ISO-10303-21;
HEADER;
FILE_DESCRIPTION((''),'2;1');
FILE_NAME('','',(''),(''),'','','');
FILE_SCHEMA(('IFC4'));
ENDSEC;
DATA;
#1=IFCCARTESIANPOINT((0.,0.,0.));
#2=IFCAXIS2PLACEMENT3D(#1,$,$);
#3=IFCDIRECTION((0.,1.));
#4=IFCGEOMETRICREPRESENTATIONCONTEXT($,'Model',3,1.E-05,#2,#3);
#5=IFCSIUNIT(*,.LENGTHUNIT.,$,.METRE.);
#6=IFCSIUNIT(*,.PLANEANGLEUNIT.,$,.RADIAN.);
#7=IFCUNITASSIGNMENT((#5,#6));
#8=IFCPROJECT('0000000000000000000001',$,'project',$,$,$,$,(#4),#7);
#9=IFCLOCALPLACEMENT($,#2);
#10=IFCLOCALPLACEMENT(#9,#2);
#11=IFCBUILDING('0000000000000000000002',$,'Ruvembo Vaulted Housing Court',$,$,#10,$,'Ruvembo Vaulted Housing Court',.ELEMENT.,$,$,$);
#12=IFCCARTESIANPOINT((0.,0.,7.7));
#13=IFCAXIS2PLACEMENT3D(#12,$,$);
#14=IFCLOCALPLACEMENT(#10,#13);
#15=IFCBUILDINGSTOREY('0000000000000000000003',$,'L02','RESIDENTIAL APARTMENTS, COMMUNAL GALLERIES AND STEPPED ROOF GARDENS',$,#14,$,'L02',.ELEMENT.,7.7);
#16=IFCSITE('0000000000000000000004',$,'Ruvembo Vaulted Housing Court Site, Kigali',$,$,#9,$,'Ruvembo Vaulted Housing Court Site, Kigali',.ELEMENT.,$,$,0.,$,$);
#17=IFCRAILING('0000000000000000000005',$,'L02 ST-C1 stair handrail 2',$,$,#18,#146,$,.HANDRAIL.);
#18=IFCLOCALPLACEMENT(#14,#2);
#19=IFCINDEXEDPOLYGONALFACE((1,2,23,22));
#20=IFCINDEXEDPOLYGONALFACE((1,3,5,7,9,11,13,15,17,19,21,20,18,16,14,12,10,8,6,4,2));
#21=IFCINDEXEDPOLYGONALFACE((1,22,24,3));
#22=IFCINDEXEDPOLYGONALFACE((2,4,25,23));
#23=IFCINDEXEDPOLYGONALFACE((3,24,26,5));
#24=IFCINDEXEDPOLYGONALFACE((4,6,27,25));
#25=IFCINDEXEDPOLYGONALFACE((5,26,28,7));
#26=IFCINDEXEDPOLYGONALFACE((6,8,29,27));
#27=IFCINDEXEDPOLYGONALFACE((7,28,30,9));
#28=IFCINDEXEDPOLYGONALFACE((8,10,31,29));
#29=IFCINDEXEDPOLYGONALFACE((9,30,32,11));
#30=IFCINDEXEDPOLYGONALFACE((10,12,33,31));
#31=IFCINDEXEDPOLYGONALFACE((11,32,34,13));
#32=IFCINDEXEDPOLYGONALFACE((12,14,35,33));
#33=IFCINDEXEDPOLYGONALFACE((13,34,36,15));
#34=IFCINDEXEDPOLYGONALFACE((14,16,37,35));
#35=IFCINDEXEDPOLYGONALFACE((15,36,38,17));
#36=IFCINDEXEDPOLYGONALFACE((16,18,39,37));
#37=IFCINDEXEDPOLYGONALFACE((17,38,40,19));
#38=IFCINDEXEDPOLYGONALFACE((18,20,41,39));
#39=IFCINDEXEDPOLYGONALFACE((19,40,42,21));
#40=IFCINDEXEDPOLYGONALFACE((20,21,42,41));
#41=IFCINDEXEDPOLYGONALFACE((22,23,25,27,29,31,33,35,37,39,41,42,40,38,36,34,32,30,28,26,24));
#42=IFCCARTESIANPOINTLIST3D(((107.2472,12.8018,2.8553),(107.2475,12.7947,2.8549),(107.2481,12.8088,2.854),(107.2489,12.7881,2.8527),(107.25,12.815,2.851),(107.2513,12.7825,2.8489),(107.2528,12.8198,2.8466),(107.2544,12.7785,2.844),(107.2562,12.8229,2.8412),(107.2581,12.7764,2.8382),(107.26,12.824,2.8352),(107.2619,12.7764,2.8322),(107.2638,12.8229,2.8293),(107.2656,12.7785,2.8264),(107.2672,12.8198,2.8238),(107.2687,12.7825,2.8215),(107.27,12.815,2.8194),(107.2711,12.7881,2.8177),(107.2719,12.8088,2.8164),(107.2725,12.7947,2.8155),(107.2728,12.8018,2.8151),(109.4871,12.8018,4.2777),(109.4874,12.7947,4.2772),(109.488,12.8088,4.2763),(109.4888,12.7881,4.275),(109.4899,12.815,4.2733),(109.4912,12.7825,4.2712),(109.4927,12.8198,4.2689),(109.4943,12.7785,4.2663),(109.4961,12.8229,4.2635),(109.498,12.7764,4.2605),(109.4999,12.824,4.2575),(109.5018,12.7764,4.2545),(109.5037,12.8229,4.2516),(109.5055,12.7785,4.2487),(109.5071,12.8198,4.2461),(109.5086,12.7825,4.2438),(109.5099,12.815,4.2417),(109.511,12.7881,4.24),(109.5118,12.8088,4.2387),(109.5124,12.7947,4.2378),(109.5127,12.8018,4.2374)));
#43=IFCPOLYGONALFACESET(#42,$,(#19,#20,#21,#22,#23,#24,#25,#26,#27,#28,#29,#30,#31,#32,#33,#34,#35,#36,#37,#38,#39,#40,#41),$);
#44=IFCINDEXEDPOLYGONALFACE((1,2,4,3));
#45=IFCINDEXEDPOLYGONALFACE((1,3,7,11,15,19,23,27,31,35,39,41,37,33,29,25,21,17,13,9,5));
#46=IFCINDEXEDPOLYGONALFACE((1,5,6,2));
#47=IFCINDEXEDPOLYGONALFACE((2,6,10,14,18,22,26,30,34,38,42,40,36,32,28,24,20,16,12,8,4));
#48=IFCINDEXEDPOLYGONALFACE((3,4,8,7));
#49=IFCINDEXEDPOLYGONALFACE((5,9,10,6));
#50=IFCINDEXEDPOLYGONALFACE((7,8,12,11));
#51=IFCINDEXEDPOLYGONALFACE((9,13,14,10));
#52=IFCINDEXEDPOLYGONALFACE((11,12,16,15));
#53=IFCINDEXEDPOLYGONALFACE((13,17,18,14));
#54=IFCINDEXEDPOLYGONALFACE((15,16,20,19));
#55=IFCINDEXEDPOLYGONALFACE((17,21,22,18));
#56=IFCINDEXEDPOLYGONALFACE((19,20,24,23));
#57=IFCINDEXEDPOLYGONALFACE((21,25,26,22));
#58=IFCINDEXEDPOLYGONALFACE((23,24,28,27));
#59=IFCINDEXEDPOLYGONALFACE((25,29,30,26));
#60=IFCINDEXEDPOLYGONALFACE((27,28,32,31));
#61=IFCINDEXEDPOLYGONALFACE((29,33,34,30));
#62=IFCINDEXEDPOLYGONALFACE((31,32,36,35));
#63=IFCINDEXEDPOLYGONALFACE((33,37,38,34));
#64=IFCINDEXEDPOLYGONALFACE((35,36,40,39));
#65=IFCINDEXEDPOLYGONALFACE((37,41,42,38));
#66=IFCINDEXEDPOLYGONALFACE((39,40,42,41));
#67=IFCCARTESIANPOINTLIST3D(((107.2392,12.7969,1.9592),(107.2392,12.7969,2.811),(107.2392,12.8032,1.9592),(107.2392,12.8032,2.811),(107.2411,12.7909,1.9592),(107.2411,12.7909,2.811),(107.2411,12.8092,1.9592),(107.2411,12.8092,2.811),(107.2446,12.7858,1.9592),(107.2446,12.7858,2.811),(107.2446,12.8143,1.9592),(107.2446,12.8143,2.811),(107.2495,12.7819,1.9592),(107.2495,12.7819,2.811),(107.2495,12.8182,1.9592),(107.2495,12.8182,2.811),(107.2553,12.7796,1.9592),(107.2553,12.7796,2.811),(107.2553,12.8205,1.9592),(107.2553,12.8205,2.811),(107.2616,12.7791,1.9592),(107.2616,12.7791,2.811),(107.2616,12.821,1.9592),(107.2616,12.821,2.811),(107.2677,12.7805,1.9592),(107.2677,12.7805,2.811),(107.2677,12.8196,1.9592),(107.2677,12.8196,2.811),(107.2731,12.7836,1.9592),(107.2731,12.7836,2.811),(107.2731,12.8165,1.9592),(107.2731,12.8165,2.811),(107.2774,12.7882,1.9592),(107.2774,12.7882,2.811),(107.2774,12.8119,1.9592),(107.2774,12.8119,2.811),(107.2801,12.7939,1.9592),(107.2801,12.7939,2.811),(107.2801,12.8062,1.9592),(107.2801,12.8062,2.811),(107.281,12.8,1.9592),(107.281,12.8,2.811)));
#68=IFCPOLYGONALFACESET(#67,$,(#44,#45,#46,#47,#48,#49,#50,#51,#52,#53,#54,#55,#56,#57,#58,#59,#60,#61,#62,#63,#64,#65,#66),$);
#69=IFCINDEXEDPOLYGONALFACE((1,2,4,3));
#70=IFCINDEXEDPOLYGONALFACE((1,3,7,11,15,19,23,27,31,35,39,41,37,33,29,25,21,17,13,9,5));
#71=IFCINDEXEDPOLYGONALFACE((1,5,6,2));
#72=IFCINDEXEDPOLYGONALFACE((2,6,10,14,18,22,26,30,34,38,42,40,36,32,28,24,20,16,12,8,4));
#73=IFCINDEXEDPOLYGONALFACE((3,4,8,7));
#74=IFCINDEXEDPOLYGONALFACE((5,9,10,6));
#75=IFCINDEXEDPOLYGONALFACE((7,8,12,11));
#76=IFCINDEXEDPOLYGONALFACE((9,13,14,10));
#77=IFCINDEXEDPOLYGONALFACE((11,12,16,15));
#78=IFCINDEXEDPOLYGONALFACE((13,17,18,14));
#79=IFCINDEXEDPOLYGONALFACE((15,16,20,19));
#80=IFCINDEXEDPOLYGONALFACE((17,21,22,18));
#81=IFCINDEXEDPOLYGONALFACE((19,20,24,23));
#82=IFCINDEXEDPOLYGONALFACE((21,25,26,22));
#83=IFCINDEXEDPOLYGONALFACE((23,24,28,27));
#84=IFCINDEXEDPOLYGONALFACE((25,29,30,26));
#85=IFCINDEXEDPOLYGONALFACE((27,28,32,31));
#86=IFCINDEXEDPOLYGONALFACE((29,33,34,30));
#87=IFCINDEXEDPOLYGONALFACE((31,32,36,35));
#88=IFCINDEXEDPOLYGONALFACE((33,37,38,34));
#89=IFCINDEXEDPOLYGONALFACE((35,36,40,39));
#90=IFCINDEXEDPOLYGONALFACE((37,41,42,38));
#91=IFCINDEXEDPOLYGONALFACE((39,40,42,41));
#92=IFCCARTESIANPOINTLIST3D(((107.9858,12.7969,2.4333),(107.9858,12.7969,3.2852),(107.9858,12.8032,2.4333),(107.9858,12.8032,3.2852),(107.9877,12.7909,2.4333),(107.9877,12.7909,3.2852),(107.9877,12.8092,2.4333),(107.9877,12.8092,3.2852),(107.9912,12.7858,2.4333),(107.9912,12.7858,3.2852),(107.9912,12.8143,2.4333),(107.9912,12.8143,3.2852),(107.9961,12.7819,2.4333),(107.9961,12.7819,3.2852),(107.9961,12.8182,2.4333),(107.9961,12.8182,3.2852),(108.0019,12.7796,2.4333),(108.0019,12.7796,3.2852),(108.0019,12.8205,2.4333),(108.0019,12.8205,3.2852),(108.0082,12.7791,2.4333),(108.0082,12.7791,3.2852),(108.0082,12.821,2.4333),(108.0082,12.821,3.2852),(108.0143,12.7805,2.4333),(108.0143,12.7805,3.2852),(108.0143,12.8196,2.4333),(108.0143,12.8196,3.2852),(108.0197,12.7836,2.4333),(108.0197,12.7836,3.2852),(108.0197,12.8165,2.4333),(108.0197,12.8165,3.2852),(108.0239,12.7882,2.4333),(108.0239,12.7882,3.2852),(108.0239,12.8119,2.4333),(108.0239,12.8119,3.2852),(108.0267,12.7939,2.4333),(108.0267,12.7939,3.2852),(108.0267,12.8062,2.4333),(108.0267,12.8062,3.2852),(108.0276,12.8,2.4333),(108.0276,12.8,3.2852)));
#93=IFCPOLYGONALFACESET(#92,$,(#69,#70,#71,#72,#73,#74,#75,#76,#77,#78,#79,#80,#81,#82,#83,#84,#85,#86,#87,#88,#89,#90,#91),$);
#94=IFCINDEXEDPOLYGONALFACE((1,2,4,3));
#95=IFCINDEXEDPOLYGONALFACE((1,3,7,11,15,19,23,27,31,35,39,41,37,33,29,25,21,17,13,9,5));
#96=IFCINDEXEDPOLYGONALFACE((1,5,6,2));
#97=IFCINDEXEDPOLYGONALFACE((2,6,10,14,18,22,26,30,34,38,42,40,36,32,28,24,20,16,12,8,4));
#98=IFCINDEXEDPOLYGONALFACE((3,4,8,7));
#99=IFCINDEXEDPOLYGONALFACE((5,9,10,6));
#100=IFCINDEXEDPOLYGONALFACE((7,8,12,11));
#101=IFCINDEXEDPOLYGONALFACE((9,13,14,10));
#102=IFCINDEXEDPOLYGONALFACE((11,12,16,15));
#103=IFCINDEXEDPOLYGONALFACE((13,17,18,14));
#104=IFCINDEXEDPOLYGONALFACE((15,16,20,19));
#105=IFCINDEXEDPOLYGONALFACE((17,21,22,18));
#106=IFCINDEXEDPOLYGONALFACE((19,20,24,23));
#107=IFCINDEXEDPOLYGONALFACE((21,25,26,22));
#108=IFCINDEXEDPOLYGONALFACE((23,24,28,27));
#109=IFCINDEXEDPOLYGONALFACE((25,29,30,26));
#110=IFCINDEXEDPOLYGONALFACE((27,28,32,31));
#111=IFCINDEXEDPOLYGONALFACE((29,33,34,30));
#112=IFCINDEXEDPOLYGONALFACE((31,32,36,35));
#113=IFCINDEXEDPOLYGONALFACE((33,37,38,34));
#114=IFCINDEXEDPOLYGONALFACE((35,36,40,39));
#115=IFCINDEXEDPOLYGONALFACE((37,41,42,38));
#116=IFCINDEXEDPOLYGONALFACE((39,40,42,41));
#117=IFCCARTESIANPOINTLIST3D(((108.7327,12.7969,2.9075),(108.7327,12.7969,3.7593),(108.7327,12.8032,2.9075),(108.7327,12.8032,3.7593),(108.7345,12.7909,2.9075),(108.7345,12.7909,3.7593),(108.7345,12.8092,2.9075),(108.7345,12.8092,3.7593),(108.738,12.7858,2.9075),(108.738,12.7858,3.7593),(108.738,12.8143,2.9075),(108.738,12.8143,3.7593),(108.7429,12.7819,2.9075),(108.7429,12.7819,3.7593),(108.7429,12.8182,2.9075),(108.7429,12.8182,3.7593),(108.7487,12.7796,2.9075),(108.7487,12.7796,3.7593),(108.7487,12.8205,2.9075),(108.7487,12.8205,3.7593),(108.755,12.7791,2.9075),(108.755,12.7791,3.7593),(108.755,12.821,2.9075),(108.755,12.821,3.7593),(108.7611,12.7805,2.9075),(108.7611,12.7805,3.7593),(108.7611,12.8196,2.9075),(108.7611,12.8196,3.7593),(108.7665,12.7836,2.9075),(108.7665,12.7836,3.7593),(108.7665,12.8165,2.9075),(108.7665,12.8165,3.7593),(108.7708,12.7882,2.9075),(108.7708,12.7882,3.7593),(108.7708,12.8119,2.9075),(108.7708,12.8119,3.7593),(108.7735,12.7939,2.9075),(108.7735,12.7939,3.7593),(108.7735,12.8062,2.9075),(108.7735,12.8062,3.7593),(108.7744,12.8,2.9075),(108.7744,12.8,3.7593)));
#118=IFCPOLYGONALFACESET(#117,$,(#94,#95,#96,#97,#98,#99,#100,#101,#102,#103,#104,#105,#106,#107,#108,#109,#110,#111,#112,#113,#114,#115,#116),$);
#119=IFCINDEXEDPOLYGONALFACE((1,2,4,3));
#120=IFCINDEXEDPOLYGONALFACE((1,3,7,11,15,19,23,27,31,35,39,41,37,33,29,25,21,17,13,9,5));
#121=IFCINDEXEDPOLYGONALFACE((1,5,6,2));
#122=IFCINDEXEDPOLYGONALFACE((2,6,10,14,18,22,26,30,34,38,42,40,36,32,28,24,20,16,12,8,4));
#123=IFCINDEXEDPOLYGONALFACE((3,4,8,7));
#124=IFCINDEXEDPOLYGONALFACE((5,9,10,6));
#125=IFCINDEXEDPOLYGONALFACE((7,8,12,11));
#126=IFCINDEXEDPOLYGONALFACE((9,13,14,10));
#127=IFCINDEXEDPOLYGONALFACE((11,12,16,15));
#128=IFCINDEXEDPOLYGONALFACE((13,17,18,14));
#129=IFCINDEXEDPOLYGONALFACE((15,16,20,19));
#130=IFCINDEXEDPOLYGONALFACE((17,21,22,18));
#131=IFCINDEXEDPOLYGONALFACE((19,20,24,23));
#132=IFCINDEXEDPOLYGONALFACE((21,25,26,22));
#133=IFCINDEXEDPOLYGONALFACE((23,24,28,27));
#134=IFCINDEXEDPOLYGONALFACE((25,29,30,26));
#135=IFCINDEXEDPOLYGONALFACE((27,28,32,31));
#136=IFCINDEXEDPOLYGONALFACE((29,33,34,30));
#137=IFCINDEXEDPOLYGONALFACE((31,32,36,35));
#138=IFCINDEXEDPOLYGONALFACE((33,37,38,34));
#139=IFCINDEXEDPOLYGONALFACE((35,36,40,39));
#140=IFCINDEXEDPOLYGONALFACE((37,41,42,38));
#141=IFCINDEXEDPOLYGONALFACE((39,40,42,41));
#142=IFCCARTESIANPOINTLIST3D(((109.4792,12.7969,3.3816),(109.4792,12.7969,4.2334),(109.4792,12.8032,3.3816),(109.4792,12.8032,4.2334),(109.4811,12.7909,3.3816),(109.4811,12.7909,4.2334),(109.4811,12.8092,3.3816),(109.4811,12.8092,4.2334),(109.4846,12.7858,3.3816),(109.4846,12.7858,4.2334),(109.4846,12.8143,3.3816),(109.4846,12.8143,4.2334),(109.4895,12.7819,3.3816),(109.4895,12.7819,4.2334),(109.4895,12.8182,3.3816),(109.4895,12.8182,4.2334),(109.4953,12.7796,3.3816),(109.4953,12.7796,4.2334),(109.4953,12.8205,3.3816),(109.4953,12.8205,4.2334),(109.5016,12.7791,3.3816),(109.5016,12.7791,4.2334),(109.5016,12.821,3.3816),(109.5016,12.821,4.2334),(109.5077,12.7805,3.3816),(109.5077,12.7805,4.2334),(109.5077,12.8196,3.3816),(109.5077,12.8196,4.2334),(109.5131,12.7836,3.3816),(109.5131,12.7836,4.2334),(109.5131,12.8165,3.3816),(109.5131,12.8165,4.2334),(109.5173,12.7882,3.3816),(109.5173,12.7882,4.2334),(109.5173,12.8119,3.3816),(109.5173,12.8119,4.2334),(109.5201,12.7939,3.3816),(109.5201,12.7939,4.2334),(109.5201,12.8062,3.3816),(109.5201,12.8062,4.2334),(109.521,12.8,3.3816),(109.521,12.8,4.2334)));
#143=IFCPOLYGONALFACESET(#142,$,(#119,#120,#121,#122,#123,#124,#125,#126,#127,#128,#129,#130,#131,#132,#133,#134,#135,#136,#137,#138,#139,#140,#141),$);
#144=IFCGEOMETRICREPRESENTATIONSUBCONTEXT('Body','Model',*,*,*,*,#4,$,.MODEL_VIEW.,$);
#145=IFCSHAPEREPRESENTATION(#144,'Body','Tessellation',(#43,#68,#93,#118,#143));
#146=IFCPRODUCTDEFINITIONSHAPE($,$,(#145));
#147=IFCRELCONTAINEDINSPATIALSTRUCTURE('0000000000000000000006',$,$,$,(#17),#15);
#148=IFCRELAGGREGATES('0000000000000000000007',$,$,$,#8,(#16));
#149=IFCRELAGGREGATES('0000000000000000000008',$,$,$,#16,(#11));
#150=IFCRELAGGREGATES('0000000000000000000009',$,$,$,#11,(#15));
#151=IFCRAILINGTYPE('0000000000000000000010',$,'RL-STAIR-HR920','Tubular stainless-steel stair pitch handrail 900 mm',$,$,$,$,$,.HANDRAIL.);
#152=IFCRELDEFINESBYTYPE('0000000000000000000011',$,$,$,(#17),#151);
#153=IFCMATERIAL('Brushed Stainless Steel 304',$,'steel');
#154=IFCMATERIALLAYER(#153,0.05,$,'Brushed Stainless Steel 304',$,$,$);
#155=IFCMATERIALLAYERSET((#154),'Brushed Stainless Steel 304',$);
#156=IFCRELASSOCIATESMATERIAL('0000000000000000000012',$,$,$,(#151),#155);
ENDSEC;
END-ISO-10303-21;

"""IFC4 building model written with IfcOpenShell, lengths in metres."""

from ifc_helpers import new_model, si_unit, direction, frame, origin, origin_2d, place, context, subcontext, project, spatial, circle, extrude, material, layer, layer_set, type_object, element, save


model = new_model("IFC4")

# Units and contexts
model_context = context("Model", 3, precision=1e-05, world=origin(), true_north=direction((0.0, 1.0)))
body_context = subcontext(model_context, "Body", "Model", "MODEL_VIEW")
ifc_project = project(units=[si_unit("LENGTHUNIT", "METRE"), si_unit("PLANEANGLEUNIT", "RADIAN")], contexts=[model_context])

# Site, building, storey
site_placement = place(None, origin())
site = spatial("IfcSite", under=ifc_project, at=site_placement, Name="Ruvembo Vaulted Housing Court Site, Kigali", LongName="Ruvembo Vaulted Housing Court Site, Kigali", CompositionType="ELEMENT", RefElevation=0.0)
building_placement = place(site_placement, origin())
building = spatial("IfcBuilding", under=site, at=building_placement, Name="Ruvembo Vaulted Housing Court", LongName="Ruvembo Vaulted Housing Court", CompositionType="ELEMENT")
storey_placement = place(building_placement, frame((0.0, 0.0, 7.7)))
storey = spatial("IfcBuildingStorey", under=building, at=storey_placement, Name="L02", Description="RESIDENTIAL APARTMENTS, COMMUNAL GALLERIES AND STEPPED ROOF GARDENS", LongName="L02", CompositionType="ELEMENT", Elevation=7.7)

# Shared definitions
ifc_material_1 = material(Name="Brushed Stainless Steel 304", Category="steel")

# Railing
ifc_layer_1 = layer(ifc_material_1, 0.05, Name="Brushed Stainless Steel 304")
ifc_layer_set_1 = layer_set([ifc_layer_1], Name="Brushed Stainless Steel 304")
railing_type_1 = type_object("IfcRailingType", Name="RL-STAIR-HR920", Description="Tubular stainless-steel stair pitch handrail 900 mm", PredefinedType="HANDRAIL", material=ifc_layer_set_1)
railing_1_placement = place(storey_placement, frame((107.26, 12.8, 1.9592)))
element("IfcRailing", 1, at=railing_1_placement, inside=storey, type_object=railing_type_1, Name="L02 ST-C1 stair handrail 2", PredefinedType="HANDRAIL", context=body_context, shape_type="SweptSolid", body=[
    extrude(circle(Radius=0.0239, at=origin_2d()), frame((0.0, 0.0, 0.876), z_axis=(0.844188, 0.0, 0.536048), x_axis=(0.0, 1.0, 0.0)), (0.0, 0.0, 1.0), 2.6533),
    extrude(circle(Radius=0.021, at=origin_2d()), origin(), (0.0, 0.0, 1.0), 0.8518),
    extrude(circle(Radius=0.021, at=origin_2d()), frame((0.7466, 0.0, 0.4741)), (0.0, 0.0, 1.0), 0.8518),
    extrude(circle(Radius=0.021, at=origin_2d()), frame((1.4934, 0.0, 0.9482)), (0.0, 0.0, 1.0), 0.8518),
    extrude(circle(Radius=0.021, at=origin_2d()), frame((2.24, 0.0, 1.4224)), (0.0, 0.0, 1.0), 0.8518),
])

save(model, "model.ifc")
